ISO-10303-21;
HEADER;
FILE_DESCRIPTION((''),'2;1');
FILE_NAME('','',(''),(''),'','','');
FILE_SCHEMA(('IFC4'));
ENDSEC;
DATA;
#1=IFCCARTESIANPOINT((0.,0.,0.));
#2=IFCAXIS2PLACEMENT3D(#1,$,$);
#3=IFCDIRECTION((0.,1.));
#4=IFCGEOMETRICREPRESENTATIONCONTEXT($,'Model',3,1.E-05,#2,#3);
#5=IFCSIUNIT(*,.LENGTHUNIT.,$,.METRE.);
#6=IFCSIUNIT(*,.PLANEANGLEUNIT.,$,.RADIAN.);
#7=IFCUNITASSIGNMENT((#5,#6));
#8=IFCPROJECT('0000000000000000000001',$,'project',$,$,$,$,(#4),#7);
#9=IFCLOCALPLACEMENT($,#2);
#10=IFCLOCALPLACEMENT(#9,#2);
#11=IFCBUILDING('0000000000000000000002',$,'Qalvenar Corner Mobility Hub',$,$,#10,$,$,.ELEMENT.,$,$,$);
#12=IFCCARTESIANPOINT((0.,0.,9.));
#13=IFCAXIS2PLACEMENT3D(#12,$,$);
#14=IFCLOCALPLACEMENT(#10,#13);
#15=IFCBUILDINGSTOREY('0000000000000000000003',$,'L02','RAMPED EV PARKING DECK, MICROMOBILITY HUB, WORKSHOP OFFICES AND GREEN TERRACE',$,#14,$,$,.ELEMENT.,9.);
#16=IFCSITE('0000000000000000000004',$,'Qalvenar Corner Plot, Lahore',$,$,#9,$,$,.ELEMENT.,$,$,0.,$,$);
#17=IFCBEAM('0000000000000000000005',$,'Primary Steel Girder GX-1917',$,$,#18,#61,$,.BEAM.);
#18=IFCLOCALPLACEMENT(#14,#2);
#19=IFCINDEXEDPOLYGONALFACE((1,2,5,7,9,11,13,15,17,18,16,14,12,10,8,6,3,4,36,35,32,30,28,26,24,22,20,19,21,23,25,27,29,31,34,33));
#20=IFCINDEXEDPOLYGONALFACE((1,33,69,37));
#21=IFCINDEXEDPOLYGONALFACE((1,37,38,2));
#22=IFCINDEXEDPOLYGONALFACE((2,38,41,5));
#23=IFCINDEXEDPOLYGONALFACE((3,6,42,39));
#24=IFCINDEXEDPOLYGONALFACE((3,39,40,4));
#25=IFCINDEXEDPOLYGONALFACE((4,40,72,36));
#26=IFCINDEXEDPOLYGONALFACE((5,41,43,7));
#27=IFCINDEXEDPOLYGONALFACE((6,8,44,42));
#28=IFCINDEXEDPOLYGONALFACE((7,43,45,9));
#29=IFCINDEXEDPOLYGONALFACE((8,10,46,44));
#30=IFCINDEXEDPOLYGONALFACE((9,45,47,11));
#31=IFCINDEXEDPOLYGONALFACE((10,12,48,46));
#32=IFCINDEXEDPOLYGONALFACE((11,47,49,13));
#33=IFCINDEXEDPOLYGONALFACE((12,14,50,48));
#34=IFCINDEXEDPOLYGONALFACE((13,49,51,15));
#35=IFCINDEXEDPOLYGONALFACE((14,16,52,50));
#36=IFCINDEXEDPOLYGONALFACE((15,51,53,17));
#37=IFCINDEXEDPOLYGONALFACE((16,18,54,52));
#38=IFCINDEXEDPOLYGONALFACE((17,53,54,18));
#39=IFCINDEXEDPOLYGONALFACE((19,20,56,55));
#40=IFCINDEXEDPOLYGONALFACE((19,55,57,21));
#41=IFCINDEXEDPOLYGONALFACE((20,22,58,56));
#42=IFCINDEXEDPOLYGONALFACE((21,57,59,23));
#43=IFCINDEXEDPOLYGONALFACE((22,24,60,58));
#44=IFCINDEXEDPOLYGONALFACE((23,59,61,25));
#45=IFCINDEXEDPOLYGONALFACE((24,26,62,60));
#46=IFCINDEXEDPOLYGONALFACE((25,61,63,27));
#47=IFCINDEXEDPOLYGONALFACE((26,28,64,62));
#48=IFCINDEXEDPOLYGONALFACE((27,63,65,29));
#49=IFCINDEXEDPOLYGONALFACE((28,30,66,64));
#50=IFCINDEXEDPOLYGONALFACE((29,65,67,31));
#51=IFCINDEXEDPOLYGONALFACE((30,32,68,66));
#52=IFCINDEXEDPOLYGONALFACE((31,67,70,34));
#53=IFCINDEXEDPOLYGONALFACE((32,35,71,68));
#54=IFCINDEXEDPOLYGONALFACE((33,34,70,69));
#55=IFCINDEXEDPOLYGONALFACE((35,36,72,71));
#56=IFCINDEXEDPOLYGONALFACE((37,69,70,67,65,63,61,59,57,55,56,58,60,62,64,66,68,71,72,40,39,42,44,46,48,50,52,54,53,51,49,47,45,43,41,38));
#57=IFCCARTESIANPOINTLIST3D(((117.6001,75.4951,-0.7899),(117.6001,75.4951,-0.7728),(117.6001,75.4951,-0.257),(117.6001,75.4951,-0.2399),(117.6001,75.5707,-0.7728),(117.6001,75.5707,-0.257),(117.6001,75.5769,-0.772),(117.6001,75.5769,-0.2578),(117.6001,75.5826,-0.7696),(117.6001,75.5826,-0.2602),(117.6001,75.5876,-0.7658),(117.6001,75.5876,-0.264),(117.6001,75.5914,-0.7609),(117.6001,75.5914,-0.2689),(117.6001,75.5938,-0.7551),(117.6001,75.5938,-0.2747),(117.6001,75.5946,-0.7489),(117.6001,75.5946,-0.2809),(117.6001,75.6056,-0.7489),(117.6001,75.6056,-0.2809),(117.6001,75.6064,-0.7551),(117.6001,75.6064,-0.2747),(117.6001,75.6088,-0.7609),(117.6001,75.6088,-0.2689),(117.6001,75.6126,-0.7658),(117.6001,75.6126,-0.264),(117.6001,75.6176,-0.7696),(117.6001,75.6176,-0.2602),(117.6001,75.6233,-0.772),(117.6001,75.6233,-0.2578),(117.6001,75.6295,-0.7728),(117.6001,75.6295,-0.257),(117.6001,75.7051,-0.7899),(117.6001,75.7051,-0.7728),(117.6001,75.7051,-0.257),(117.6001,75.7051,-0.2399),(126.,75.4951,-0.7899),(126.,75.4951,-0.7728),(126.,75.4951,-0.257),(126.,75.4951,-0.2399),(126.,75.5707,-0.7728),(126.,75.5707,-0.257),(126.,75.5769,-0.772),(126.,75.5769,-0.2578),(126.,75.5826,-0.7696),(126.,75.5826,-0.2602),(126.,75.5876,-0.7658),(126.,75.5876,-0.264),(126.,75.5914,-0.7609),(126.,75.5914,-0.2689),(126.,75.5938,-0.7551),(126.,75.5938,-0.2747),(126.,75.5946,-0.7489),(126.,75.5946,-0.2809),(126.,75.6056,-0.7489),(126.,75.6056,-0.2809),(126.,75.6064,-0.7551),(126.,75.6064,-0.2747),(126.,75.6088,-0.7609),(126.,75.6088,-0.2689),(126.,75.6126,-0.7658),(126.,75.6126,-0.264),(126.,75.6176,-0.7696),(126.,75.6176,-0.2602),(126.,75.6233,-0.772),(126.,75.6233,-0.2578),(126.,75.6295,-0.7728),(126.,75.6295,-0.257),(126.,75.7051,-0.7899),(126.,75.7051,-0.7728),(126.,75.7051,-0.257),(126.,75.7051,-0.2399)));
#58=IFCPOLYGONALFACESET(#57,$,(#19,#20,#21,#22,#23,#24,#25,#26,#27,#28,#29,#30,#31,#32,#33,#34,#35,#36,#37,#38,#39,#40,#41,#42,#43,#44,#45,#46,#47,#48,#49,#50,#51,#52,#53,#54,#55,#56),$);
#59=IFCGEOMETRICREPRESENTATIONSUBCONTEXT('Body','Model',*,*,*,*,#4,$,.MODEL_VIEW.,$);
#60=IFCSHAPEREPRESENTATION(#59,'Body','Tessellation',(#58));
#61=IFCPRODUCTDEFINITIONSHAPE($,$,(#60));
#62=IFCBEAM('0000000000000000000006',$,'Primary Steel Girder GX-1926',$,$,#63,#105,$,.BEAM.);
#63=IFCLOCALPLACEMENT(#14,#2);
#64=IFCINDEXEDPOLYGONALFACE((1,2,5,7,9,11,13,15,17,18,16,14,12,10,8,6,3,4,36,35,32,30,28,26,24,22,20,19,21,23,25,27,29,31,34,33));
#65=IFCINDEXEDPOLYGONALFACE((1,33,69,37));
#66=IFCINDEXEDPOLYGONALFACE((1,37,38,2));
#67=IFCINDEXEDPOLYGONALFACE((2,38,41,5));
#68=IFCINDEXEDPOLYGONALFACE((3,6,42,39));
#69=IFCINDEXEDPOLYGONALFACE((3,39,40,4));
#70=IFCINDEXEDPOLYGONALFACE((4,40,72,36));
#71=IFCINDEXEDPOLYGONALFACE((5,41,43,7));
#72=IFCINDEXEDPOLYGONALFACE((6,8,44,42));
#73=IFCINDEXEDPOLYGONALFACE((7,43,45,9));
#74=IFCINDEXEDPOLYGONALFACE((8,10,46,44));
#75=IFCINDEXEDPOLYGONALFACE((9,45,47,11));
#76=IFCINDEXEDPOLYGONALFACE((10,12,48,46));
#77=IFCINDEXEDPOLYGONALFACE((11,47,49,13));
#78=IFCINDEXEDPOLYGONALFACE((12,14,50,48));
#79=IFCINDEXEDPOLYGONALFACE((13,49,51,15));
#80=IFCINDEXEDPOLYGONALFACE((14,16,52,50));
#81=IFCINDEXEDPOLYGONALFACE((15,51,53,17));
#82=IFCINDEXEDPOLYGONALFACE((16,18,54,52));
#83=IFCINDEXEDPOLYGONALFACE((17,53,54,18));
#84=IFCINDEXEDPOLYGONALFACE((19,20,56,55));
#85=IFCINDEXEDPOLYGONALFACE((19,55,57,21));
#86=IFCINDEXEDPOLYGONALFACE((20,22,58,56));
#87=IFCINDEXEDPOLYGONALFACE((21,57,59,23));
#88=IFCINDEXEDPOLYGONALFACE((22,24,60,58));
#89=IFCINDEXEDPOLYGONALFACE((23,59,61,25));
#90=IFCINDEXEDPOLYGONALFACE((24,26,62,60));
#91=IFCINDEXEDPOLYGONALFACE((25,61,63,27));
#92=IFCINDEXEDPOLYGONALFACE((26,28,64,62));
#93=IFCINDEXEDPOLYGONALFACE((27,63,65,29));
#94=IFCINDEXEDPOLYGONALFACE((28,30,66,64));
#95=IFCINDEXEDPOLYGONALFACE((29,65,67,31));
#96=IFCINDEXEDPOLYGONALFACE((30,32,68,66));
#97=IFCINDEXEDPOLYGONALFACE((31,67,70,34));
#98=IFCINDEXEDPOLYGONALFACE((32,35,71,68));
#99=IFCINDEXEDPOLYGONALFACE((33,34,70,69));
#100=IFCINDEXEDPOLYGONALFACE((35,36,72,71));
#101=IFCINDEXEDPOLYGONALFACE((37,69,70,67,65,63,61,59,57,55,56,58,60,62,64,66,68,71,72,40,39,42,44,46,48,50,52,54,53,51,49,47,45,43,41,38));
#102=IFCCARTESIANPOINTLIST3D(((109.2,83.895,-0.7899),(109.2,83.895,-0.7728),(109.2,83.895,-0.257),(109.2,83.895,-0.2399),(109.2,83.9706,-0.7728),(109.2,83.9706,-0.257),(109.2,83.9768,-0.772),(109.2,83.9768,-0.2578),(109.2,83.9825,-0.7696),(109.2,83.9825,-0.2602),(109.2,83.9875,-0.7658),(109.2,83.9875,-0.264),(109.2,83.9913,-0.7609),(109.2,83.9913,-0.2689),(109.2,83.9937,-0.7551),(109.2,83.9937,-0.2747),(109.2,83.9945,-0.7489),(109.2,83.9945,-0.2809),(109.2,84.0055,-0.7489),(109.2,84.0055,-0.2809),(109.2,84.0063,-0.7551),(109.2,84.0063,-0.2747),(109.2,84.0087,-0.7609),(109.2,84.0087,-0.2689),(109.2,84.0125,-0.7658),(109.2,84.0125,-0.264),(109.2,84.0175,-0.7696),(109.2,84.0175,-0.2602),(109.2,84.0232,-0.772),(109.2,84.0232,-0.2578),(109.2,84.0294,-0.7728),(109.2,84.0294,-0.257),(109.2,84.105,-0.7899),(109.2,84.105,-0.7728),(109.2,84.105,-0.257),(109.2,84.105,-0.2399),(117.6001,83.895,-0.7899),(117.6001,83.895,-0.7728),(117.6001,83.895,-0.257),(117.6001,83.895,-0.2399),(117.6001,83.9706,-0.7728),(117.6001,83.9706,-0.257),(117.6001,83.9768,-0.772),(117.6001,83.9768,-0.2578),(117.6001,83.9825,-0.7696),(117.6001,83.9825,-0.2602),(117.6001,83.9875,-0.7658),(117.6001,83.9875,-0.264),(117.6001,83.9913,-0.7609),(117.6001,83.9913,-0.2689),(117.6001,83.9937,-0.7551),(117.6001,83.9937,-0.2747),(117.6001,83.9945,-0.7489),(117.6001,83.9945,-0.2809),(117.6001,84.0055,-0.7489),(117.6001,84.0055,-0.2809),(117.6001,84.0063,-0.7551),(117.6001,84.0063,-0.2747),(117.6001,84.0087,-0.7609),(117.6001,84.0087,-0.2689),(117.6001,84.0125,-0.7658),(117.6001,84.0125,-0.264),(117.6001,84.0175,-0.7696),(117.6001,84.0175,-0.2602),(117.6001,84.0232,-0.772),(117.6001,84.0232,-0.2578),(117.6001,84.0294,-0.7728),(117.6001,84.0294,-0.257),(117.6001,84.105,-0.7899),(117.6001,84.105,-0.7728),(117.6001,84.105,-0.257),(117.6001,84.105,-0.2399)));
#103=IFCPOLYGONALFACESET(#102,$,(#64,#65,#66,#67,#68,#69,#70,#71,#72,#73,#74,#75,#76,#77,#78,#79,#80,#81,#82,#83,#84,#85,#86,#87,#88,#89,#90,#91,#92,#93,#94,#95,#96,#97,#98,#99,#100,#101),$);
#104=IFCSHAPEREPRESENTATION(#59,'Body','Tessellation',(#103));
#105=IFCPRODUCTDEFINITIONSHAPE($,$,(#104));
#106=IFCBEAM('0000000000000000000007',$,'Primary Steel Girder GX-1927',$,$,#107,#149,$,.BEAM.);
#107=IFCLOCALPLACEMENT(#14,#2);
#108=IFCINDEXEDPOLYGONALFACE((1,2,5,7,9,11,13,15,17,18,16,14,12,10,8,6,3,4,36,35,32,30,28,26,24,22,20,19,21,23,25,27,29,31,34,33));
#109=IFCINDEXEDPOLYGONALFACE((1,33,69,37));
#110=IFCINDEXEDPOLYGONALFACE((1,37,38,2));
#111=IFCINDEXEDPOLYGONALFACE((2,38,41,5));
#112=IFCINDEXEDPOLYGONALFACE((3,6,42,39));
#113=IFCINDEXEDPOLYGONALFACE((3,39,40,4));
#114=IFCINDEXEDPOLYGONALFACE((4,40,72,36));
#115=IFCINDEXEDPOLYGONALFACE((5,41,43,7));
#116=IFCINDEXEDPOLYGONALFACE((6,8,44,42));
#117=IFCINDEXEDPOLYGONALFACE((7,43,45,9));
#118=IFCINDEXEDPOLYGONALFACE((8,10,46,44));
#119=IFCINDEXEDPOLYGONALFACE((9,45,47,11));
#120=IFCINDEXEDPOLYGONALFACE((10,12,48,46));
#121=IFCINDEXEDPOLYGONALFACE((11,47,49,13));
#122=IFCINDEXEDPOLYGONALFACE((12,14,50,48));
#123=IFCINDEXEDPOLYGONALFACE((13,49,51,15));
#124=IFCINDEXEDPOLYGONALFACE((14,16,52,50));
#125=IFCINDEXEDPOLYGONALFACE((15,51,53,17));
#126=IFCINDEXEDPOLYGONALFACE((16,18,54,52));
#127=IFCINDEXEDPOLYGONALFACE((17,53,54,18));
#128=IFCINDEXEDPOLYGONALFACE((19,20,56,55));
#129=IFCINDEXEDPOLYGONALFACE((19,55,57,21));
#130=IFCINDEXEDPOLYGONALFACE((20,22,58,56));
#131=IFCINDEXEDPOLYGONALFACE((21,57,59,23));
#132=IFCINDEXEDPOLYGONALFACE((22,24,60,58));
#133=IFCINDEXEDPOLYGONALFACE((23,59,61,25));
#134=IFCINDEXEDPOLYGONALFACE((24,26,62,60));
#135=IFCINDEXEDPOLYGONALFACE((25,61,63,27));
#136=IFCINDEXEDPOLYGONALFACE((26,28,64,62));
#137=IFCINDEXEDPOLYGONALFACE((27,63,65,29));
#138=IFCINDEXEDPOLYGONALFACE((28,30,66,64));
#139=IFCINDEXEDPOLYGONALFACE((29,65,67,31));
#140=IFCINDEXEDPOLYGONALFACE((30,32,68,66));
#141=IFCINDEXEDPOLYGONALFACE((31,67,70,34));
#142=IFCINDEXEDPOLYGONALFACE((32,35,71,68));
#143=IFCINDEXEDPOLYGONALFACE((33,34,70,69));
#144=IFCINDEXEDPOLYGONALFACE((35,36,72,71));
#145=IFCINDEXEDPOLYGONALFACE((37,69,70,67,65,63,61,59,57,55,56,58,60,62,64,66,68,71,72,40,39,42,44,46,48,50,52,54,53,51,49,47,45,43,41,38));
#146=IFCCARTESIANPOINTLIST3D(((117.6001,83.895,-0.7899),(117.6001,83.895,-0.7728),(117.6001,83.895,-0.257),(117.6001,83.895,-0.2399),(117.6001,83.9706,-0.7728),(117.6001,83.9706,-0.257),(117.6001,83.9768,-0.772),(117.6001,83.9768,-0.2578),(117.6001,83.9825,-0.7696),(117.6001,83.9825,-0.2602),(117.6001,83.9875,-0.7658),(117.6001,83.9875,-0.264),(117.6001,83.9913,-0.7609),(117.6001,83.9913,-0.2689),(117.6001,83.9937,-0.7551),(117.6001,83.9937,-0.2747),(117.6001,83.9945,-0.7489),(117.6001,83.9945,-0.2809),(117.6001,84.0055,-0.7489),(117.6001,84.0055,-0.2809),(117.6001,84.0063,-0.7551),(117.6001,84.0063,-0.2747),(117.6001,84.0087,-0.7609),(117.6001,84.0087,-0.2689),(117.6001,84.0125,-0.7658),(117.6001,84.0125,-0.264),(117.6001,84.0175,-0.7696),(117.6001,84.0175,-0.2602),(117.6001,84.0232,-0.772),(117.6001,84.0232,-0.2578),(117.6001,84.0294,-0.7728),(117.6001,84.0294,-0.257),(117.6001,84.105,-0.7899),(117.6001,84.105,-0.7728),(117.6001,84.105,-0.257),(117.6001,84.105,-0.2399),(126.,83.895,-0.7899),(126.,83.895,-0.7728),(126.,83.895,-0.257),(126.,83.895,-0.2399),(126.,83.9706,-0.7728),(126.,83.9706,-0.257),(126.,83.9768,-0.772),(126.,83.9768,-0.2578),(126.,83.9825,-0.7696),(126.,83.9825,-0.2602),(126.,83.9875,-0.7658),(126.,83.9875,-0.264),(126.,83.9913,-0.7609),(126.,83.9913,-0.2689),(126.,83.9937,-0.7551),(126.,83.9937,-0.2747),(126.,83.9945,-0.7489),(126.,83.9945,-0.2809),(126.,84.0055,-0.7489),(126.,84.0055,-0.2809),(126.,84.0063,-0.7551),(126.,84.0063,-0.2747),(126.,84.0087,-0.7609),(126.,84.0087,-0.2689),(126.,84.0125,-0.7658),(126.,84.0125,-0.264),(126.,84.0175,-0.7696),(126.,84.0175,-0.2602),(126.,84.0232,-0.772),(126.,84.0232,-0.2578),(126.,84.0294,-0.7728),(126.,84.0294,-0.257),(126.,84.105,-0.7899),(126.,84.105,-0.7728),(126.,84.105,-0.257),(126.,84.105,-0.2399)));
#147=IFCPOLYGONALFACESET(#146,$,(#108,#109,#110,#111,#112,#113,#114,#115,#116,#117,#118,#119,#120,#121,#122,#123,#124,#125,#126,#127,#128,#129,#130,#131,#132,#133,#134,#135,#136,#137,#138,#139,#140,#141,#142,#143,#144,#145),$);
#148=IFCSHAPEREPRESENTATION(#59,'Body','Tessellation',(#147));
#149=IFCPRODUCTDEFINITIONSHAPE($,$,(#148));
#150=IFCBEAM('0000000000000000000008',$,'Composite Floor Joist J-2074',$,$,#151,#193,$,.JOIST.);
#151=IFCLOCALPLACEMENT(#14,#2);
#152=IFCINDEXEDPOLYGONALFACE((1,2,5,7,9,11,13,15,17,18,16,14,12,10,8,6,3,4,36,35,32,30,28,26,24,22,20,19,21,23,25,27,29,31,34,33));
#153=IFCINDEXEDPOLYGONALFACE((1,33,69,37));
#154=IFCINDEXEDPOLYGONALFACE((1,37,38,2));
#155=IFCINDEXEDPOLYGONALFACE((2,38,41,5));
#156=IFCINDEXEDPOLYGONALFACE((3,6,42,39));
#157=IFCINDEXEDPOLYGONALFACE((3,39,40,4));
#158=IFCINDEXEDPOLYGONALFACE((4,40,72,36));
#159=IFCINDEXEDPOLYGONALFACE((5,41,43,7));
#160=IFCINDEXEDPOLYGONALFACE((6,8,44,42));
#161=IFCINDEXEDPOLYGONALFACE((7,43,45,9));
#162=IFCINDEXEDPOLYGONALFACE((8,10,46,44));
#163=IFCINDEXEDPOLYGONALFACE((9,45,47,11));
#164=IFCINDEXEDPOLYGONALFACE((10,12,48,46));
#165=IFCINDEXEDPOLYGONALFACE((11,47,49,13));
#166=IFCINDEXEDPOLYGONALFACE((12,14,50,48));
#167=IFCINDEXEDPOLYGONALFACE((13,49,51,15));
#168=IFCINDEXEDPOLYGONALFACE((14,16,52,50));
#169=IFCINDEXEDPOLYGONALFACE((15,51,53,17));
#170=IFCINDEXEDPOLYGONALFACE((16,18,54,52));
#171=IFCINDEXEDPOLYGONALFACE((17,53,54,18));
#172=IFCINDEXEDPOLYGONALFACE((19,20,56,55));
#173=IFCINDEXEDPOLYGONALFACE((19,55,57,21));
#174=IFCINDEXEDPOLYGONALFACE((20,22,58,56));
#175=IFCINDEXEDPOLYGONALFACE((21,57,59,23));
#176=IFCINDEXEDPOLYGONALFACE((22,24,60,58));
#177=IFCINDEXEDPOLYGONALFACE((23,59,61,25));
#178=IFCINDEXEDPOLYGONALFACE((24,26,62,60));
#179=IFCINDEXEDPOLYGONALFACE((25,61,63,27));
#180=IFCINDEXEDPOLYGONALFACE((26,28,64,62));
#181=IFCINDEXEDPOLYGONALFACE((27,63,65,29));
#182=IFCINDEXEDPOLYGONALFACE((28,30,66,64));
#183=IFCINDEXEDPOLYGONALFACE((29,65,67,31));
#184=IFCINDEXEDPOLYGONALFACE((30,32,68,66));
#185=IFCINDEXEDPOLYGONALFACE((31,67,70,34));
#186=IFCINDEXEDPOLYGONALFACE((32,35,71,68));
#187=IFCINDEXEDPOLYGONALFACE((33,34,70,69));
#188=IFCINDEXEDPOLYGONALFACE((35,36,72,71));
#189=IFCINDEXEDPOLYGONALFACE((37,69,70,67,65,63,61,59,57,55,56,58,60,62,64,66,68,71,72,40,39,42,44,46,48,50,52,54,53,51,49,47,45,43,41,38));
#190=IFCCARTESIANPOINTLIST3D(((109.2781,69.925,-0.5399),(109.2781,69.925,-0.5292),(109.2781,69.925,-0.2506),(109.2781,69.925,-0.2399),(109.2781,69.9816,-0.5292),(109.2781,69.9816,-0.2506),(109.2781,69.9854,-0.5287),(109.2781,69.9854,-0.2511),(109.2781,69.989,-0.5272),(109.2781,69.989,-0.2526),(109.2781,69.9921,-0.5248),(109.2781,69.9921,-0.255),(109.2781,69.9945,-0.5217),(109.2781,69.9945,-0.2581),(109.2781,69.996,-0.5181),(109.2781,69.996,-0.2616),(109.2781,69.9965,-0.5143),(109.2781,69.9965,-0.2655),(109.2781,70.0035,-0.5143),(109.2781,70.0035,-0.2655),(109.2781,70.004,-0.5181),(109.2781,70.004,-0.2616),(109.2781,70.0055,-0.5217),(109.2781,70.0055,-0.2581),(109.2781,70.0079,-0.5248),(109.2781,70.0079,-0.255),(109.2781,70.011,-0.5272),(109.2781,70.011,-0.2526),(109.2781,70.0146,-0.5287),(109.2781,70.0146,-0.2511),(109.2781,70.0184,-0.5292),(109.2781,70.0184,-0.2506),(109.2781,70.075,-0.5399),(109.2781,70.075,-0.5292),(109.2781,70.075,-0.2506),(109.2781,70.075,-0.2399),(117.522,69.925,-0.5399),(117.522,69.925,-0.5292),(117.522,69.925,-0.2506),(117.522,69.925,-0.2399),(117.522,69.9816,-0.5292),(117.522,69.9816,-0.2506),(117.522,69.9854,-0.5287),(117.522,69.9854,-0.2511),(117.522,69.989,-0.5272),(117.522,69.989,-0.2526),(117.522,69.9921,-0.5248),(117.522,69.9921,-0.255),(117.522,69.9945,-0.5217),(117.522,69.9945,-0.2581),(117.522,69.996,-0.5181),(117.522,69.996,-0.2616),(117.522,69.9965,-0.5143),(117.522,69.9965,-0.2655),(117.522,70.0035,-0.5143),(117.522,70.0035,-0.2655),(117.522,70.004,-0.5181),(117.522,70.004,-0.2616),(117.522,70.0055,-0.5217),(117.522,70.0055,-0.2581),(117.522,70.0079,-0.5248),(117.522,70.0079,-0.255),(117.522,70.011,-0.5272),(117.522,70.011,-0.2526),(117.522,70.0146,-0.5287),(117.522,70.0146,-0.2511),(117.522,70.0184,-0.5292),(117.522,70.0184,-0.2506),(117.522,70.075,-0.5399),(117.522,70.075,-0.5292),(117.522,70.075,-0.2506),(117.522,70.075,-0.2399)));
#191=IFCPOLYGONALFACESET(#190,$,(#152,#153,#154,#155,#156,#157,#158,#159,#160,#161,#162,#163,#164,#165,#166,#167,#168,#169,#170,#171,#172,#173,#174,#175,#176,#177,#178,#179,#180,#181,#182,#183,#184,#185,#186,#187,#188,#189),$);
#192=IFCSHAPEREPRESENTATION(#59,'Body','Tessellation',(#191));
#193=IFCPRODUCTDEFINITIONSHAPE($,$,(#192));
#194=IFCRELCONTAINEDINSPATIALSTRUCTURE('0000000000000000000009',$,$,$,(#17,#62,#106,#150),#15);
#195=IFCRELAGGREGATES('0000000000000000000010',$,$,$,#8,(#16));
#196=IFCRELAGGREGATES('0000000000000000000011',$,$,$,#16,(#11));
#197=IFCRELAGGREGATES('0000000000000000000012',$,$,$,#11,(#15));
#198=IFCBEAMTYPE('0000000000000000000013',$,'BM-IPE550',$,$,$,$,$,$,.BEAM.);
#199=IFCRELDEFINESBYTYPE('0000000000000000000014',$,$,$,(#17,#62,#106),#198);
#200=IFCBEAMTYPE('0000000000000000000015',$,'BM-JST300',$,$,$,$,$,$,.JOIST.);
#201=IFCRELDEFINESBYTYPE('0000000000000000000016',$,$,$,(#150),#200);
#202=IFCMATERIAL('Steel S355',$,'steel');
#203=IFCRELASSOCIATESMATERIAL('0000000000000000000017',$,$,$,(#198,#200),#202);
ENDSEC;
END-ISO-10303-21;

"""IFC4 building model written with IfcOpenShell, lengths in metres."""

from ifc_helpers import new_model, si_unit, direction, frame, origin, origin_2d, place, context, subcontext, project, spatial, i_section, extrude, material, material_profile, profile_set, type_object, element, save


model = new_model("IFC4")

# Units and contexts
model_context = context("Model", 3, precision=1e-05, world=origin(), true_north=direction((0.0, 1.0)))
body_context = subcontext(model_context, "Body", "Model", "MODEL_VIEW")
ifc_project = project(units=[si_unit("LENGTHUNIT", "METRE"), si_unit("PLANEANGLEUNIT", "RADIAN")], contexts=[model_context])

# Site, building, storey
site_placement = place(None, origin())
site = spatial("IfcSite", under=ifc_project, at=site_placement, Name="Qalvenar Corner Plot, Lahore", CompositionType="ELEMENT", RefElevation=0.0)
building_placement = place(site_placement, origin())
building = spatial("IfcBuilding", under=site, at=building_placement, Name="Qalvenar Corner Mobility Hub", CompositionType="ELEMENT")
storey_placement = place(building_placement, frame((0.0, 0.0, 9.0)))
storey = spatial("IfcBuildingStorey", under=building, at=storey_placement, Name="L02", Description="RAMPED EV PARKING DECK, MICROMOBILITY HUB, WORKSHOP OFFICES AND GREEN TERRACE", CompositionType="ELEMENT", Elevation=9.0)

# Shared definitions
ifc_material = material(Name="Steel S355", Category="steel")

# Beams
ifc_material_profile_1 = material_profile(ifc_material, i_section(OverallWidth=0.21, OverallDepth=0.55, WebThickness=0.011, FlangeThickness=0.0171, FilletRadius=0.0239, at=origin_2d()), Name="IPE550")
ifc_profile_set_1 = profile_set([ifc_material_profile_1], Name="Steel S355")
beam_type_1 = type_object("IfcBeamType", Name="BM-IPE550", PredefinedType="BEAM", material=ifc_profile_set_1)
beam_1_placement = place(storey_placement, frame((117.6001, 75.6001, -0.5149), z_axis=(1.0, 0.0, 0.0), x_axis=(0.0, 1.0, 0.0)))
element("IfcBeam", 1, at=beam_1_placement, inside=storey, type_object=beam_type_1, Name="Primary Steel Girder GX-1917", PredefinedType="BEAM", context=body_context, shape_type="SweptSolid", body=[
    extrude(i_section(OverallWidth=0.21, OverallDepth=0.55, WebThickness=0.011, FlangeThickness=0.0171, FilletRadius=0.0239, at=origin_2d()), origin(), (0.0, 0.0, 1.0), 8.3999),
])
beam_2_placement = place(storey_placement, frame((109.2, 84.0, -0.5149), z_axis=(1.0, 0.0, 0.0), x_axis=(0.0, 1.0, 0.0)))
element("IfcBeam", 2, at=beam_2_placement, inside=storey, type_object=beam_type_1, Name="Primary Steel Girder GX-1926", PredefinedType="BEAM", context=body_context, shape_type="SweptSolid", body=[
    extrude(i_section(OverallWidth=0.21, OverallDepth=0.55, WebThickness=0.011, FlangeThickness=0.0171, FilletRadius=0.0239, at=origin_2d()), origin(), (0.0, 0.0, 1.0), 8.4001),
])
beam_3_placement = place(storey_placement, frame((117.6001, 84.0, -0.5149), z_axis=(1.0, 0.0, 0.0), x_axis=(0.0, 1.0, 0.0)))
element("IfcBeam", 3, at=beam_3_placement, inside=storey, type_object=beam_type_1, Name="Primary Steel Girder GX-1927", PredefinedType="BEAM", context=body_context, shape_type="SweptSolid", body=[
    extrude(i_section(OverallWidth=0.21, OverallDepth=0.55, WebThickness=0.011, FlangeThickness=0.0171, FilletRadius=0.0239, at=origin_2d()), origin(), (0.0, 0.0, 1.0), 8.3999),
])
ifc_material_profile_2 = material_profile(ifc_material, i_section(OverallWidth=0.1499, OverallDepth=0.3, WebThickness=0.0071, FlangeThickness=0.0107, FilletRadius=0.0149, at=origin_2d()), Name="IPE300")
ifc_profile_set_2 = profile_set([ifc_material_profile_2], Name="Steel S355")
beam_type_2 = type_object("IfcBeamType", Name="BM-JST300", PredefinedType="JOIST", material=ifc_profile_set_2)
for number, where, z_axis, x_axis, name in (
    (4, (109.2781, 70.0, -0.3899), (1.0, 0.0, 0.0), (0.0, 1.0, 0.0), "Composite Floor Joist J-2074"),
):
    element("IfcBeam", number, at=place(storey_placement, frame(where, z_axis=z_axis, x_axis=x_axis)), inside=storey, type_object=beam_type_2, Name=name, PredefinedType="JOIST", context=body_context, shape_type="SweptSolid", body=[
        extrude(i_section(OverallWidth=0.1499, OverallDepth=0.3, WebThickness=0.0071, FlangeThickness=0.0107, FilletRadius=0.0149, at=origin_2d()), origin(), (0.0, 0.0, 1.0), 8.2439),
    ])

save(model, "model.ifc")
